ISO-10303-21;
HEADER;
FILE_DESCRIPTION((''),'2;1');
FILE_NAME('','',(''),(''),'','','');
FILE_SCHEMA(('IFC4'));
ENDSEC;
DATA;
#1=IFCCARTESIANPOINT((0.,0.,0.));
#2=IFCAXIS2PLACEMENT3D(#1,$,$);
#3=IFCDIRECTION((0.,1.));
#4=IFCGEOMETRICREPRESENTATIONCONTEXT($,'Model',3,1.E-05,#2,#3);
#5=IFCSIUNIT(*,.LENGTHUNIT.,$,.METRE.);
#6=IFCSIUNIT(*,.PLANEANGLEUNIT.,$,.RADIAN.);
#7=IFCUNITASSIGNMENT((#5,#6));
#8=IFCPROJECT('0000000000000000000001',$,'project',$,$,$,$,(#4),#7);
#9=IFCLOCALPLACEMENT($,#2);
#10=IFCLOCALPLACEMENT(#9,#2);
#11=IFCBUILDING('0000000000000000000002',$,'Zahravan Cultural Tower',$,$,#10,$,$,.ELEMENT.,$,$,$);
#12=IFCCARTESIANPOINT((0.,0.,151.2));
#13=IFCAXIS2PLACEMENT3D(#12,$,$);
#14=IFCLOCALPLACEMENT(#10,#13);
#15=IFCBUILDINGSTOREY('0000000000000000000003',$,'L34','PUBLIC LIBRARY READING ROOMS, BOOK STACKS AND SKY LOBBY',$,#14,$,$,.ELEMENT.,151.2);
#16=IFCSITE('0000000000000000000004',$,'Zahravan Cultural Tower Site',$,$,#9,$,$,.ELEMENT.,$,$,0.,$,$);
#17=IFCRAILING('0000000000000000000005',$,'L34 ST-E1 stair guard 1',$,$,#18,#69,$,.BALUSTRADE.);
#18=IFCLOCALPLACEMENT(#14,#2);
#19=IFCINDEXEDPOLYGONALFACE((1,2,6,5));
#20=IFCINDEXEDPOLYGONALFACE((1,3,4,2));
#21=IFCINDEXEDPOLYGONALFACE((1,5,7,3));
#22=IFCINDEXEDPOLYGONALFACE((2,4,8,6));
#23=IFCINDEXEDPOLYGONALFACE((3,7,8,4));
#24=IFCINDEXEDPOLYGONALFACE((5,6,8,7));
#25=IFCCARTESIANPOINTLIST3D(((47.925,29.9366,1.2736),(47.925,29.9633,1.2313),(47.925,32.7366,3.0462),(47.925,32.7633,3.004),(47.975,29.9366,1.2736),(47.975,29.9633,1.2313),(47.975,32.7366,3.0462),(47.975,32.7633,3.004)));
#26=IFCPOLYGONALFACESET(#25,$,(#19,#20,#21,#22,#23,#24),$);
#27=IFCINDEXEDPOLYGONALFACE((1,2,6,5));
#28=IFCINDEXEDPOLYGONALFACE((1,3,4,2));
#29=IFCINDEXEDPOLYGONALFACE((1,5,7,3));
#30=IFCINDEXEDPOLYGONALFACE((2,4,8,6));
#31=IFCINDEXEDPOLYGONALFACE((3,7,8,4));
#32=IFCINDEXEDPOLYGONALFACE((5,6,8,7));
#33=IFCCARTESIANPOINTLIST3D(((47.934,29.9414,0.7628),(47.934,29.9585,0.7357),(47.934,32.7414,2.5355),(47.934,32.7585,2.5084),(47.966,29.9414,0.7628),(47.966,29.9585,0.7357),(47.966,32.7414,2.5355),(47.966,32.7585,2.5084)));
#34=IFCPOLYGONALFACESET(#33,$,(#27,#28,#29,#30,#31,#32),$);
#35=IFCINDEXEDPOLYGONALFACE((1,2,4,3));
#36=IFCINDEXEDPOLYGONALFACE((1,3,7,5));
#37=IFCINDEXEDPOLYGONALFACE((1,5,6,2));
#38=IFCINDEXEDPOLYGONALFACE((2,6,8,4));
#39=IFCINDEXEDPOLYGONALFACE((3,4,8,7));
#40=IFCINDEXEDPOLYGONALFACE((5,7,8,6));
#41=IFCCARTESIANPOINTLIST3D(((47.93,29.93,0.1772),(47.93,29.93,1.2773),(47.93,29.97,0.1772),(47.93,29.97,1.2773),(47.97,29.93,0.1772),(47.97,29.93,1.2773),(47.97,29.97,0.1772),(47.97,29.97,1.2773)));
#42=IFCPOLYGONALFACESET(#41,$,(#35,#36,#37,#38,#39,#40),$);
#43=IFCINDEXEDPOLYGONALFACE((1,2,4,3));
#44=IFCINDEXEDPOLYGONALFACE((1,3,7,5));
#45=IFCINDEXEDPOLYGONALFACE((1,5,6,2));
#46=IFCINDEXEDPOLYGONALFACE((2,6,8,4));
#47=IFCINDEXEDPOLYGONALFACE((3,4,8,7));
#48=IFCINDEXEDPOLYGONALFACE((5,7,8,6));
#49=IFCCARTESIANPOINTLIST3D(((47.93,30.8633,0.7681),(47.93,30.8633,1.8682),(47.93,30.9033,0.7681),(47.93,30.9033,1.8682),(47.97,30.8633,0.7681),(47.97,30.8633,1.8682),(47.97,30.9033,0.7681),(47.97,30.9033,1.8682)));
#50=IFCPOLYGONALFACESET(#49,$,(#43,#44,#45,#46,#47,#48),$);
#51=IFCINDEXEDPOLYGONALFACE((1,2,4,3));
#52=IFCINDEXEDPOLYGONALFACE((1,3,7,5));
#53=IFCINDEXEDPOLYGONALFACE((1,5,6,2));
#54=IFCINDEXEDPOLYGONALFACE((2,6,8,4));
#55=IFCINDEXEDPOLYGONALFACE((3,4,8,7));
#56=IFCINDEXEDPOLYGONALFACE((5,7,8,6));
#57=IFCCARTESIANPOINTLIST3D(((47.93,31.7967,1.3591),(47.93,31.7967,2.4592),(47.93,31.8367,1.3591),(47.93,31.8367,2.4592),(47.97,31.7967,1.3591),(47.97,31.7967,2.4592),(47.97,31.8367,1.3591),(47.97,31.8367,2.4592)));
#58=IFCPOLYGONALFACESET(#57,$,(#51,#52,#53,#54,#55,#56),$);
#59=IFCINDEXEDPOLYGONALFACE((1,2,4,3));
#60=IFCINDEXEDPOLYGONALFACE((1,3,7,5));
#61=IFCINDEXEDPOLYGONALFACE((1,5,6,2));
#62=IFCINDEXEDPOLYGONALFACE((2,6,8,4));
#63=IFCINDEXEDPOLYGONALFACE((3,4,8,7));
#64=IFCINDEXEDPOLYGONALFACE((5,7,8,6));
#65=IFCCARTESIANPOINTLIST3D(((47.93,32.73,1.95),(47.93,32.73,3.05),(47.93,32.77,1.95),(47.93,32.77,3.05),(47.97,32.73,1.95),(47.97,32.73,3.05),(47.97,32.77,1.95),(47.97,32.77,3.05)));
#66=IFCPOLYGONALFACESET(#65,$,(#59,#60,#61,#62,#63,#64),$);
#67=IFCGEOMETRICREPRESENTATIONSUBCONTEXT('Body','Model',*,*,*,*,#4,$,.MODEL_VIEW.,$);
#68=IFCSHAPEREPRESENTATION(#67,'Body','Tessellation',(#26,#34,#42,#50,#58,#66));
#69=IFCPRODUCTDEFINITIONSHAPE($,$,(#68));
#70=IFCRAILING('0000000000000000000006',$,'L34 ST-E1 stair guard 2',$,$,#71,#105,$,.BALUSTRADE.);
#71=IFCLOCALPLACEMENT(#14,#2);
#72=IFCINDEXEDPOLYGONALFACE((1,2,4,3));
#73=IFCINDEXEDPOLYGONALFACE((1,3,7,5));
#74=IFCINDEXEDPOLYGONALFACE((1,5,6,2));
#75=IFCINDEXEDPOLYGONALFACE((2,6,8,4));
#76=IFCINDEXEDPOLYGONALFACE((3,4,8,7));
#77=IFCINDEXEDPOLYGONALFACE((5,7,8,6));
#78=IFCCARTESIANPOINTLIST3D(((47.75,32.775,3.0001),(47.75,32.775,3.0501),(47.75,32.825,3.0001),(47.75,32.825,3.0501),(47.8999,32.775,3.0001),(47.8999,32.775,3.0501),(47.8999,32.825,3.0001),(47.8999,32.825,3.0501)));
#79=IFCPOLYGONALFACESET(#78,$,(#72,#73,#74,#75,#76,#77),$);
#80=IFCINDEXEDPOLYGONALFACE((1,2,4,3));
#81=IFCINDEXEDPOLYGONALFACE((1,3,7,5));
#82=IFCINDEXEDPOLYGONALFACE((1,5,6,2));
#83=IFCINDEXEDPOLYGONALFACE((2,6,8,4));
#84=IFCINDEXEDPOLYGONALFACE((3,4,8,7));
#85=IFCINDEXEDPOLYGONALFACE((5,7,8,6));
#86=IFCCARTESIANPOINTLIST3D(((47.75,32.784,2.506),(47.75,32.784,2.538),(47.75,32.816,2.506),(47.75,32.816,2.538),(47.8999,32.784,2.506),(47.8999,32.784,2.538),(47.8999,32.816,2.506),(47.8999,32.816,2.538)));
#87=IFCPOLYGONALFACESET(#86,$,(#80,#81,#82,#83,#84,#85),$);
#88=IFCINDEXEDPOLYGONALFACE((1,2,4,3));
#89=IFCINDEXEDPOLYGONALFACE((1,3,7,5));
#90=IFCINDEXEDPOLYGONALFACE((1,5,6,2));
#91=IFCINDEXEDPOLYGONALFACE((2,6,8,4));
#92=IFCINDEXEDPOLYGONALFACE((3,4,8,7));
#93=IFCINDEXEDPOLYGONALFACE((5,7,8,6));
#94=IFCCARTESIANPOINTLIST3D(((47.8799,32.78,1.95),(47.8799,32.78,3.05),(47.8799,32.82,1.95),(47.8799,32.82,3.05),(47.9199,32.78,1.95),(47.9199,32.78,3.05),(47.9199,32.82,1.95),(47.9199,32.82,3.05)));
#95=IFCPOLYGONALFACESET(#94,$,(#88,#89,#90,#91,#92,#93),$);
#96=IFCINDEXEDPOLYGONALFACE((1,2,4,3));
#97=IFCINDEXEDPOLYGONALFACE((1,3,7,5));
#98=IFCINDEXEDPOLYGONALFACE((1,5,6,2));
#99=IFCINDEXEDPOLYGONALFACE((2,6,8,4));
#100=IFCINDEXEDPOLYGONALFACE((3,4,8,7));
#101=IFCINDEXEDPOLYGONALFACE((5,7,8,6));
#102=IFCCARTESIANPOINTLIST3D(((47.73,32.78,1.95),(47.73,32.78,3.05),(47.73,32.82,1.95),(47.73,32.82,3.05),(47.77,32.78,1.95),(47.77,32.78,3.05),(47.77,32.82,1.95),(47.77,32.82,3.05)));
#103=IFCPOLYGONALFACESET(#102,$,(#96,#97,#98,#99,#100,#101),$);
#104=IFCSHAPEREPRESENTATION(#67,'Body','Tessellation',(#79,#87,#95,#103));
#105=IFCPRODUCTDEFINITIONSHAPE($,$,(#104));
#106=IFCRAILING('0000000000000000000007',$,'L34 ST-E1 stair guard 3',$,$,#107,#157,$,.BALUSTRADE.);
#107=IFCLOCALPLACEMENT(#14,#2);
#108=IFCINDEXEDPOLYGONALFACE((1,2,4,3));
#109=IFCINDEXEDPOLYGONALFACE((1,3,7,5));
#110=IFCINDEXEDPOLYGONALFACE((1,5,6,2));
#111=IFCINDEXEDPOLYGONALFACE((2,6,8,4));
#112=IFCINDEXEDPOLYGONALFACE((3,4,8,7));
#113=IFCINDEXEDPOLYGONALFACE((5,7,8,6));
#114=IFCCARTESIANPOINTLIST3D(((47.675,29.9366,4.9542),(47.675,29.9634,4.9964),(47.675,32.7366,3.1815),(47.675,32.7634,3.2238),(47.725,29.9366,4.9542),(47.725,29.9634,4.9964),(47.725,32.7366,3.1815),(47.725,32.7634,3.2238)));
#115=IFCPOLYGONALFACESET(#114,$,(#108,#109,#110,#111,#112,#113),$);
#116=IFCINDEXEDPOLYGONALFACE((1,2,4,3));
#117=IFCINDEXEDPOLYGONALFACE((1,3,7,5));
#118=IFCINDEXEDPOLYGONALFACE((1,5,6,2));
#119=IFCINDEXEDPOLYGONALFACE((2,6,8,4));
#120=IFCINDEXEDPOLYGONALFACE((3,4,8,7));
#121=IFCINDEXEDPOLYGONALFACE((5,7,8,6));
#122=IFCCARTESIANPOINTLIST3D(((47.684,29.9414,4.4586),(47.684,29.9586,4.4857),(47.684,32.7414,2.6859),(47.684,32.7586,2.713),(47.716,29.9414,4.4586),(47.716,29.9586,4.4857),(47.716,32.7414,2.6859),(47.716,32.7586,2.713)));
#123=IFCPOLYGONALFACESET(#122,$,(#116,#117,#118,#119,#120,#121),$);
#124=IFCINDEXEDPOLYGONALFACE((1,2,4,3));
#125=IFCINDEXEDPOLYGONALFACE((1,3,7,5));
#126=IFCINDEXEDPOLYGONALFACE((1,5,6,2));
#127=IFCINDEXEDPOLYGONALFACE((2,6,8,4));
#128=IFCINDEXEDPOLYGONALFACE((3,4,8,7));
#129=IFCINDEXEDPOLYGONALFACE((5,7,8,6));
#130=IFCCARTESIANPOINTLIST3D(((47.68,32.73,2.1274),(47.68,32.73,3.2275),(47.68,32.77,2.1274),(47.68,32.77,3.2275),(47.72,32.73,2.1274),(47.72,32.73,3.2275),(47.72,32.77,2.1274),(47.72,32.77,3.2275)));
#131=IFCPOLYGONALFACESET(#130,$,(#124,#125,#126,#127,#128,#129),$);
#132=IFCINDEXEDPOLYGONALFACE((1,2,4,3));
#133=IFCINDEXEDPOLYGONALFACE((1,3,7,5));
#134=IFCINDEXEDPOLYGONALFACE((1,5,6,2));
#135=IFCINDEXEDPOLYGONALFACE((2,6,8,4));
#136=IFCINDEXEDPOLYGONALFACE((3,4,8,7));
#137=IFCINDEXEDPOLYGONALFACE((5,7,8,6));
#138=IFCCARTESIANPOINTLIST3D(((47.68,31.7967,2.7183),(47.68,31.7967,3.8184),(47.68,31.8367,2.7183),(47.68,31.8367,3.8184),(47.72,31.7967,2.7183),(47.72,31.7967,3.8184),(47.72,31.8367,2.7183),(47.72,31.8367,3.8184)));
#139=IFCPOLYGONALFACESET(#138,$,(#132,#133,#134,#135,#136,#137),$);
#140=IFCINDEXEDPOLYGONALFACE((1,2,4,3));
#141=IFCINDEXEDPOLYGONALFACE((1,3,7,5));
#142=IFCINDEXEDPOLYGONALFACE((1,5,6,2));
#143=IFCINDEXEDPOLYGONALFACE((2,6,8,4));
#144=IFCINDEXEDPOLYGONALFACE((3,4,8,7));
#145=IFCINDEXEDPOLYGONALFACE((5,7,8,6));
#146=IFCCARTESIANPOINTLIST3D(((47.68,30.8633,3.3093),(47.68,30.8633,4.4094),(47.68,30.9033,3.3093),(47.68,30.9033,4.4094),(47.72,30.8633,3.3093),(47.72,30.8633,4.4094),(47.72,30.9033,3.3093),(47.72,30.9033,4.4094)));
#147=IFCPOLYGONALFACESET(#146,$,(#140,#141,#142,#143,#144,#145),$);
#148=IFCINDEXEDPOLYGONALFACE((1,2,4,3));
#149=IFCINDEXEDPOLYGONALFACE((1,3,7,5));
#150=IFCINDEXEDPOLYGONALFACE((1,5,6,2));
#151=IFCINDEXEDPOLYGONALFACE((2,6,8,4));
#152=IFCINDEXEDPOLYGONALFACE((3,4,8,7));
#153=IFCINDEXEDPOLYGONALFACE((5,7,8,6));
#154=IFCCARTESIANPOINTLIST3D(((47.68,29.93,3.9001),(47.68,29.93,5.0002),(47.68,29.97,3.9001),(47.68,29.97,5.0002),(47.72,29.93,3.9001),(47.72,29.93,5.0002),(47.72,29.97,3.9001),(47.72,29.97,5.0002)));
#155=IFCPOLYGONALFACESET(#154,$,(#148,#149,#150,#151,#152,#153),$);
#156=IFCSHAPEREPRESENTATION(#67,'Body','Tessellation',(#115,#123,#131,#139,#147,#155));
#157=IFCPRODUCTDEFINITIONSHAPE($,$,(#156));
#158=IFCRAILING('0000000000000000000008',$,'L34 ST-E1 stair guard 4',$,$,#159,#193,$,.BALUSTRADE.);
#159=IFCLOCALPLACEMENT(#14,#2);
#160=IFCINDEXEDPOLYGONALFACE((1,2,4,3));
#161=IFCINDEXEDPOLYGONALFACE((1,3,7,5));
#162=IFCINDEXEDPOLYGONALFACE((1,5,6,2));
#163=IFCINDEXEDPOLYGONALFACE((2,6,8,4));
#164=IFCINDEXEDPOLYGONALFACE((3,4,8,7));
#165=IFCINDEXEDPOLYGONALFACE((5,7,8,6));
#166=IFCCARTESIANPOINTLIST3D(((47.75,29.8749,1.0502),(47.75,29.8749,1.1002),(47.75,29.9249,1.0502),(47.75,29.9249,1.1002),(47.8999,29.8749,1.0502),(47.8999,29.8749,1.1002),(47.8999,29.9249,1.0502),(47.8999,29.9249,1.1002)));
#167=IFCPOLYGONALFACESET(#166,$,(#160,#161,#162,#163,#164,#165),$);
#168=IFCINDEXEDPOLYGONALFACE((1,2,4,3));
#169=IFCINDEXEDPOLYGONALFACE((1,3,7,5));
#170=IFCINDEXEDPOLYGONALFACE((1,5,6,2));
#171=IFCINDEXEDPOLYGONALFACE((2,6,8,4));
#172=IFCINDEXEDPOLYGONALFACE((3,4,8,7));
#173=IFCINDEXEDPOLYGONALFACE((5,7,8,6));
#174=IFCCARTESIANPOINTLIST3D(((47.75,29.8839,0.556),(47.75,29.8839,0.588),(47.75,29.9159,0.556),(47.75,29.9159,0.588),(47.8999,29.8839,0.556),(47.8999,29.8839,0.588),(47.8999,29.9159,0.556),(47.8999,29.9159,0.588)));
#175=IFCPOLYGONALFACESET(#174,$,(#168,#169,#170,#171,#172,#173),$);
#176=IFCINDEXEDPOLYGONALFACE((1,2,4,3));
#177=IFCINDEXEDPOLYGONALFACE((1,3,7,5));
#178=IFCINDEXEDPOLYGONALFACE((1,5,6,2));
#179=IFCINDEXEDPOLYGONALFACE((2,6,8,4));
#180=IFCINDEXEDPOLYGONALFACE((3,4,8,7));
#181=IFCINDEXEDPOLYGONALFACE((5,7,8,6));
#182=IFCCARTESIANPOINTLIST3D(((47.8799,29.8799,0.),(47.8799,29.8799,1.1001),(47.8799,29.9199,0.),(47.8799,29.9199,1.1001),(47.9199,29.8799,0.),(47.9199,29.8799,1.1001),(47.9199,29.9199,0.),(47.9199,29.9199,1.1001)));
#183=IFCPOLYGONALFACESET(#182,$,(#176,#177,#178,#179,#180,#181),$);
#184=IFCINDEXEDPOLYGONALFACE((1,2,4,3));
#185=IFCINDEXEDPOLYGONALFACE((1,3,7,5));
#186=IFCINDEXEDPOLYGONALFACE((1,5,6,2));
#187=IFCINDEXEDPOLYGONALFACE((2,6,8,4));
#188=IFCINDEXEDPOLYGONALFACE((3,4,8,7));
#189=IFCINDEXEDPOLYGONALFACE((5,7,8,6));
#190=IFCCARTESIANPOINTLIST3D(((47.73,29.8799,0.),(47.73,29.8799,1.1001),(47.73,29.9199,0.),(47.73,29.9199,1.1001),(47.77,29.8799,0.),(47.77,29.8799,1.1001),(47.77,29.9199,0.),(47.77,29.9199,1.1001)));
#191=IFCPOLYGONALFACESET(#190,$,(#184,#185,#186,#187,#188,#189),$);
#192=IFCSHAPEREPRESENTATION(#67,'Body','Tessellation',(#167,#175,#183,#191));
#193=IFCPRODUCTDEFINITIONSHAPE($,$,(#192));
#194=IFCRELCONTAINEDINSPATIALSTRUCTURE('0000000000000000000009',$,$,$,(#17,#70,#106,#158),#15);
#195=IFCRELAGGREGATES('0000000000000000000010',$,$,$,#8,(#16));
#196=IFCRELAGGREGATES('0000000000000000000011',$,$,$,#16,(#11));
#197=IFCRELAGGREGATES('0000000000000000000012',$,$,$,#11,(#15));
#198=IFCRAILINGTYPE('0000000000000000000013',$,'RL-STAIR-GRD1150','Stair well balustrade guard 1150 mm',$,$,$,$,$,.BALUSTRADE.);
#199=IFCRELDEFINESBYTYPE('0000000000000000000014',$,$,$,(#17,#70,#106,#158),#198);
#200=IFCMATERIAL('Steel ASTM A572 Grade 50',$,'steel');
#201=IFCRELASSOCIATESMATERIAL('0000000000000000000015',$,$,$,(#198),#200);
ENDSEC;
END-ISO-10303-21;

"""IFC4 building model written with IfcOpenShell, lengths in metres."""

from ifc_helpers import new_model, si_unit, direction, frame, origin, origin_2d, place, context, subcontext, project, spatial, rectangle, extrude, material, type_object, element, save


model = new_model("IFC4")

# Units and contexts
model_context = context("Model", 3, precision=1e-05, world=origin(), true_north=direction((0.0, 1.0)))
body_context = subcontext(model_context, "Body", "Model", "MODEL_VIEW")
ifc_project = project(units=[si_unit("LENGTHUNIT", "METRE"), si_unit("PLANEANGLEUNIT", "RADIAN")], contexts=[model_context])

# Site, building, storey
site_placement = place(None, origin())
site = spatial("IfcSite", under=ifc_project, at=site_placement, Name="Zahravan Cultural Tower Site", CompositionType="ELEMENT", RefElevation=0.0)
building_placement = place(site_placement, origin())
building = spatial("IfcBuilding", under=site, at=building_placement, Name="Zahravan Cultural Tower", CompositionType="ELEMENT")
storey_placement = place(building_placement, frame((0.0, 0.0, 151.2)))
storey = spatial("IfcBuildingStorey", under=building, at=storey_placement, Name="L34", Description="PUBLIC LIBRARY READING ROOMS, BOOK STACKS AND SKY LOBBY", CompositionType="ELEMENT", Elevation=151.2)

# Shared definitions
ifc_material_1 = material(Name="Steel ASTM A572 Grade 50", Category="steel")

# Railings
railing_type_1 = type_object("IfcRailingType", Name="RL-STAIR-GRD1150", Description="Stair well balustrade guard 1150 mm", PredefinedType="BALUSTRADE", material=ifc_material_1)
railing_1_placement = place(storey_placement, frame((47.95, 29.95, 0.1772)))
element("IfcRailing", 1, at=railing_1_placement, inside=storey, type_object=railing_type_1, Name="L34 ST-E1 stair guard 1", PredefinedType="BALUSTRADE", context=body_context, shape_type="SweptSolid", body=[
    extrude(rectangle(XDim=0.05, YDim=0.05, at=origin_2d()), frame((0.0, 0.0, 1.0752), z_axis=(0.0, 0.844909, 0.53491), x_axis=(-1.0, 0.0, 0.0)), (0.0, 0.0, 1.0), 3.314),
    extrude(rectangle(XDim=0.032, YDim=0.032, at=origin_2d()), frame((0.0, 0.0, 0.572), z_axis=(0.0, 0.844909, 0.53491), x_axis=(-1.0, 0.0, 0.0)), (0.0, 0.0, 1.0), 3.314),
    extrude(rectangle(XDim=0.04, YDim=0.04, at=origin_2d()), origin(), (0.0, 0.0, 1.0), 1.1001),
    extrude(rectangle(XDim=0.04, YDim=0.04, at=origin_2d()), frame((0.0, 0.9333, 0.5908)), (0.0, 0.0, 1.0), 1.1001),
    extrude(rectangle(XDim=0.04, YDim=0.04, at=origin_2d()), frame((0.0, 1.8667, 1.1819)), (0.0, 0.0, 1.0), 1.1001),
    extrude(rectangle(XDim=0.04, YDim=0.04, at=origin_2d()), frame((0.0, 2.8, 1.7727)), (0.0, 0.0, 1.0), 1.1001),
])
railing_2_placement = place(storey_placement, frame((47.8999, 32.8, 1.95)))
element("IfcRailing", 2, at=railing_2_placement, inside=storey, type_object=railing_type_1, Name="L34 ST-E1 stair guard 2", PredefinedType="BALUSTRADE", context=body_context, shape_type="SweptSolid", body=[
    extrude(rectangle(XDim=0.05, YDim=0.05, at=origin_2d()), frame((0.0, 0.0, 1.0752), z_axis=(-1.0, 0.0, 0.0), x_axis=(0.0, -1.0, 0.0)), (0.0, 0.0, 1.0), 0.1499),
    extrude(rectangle(XDim=0.032, YDim=0.032, at=origin_2d()), frame((0.0, 0.0, 0.572), z_axis=(-1.0, 0.0, 0.0), x_axis=(0.0, -1.0, 0.0)), (0.0, 0.0, 1.0), 0.1499),
    extrude(rectangle(XDim=0.04, YDim=0.04, at=origin_2d()), origin(), (0.0, 0.0, 1.0), 1.1001),
    extrude(rectangle(XDim=0.04, YDim=0.04, at=origin_2d()), frame((-0.1499, 0.0, 0.0)), (0.0, 0.0, 1.0), 1.1001),
])
railing_3_placement = place(storey_placement, frame((47.7, 32.75, 2.1274)))
element("IfcRailing", 3, at=railing_3_placement, inside=storey, type_object=railing_type_1, Name="L34 ST-E1 stair guard 3", PredefinedType="BALUSTRADE", context=body_context, shape_type="SweptSolid", body=[
    extrude(rectangle(XDim=0.05, YDim=0.05, at=origin_2d()), frame((0.0, 0.0, 1.0752), z_axis=(0.0, -0.844909, 0.53491), x_axis=(1.0, 0.0, 0.0)), (0.0, 0.0, 1.0), 3.314),
    extrude(rectangle(XDim=0.032, YDim=0.032, at=origin_2d()), frame((0.0, 0.0, 0.572), z_axis=(0.0, -0.844909, 0.53491), x_axis=(1.0, 0.0, 0.0)), (0.0, 0.0, 1.0), 3.314),
    extrude(rectangle(XDim=0.04, YDim=0.04, at=origin_2d()), origin(), (0.0, 0.0, 1.0), 1.1001),
    extrude(rectangle(XDim=0.04, YDim=0.04, at=origin_2d()), frame((0.0, -0.9333, 0.5908)), (0.0, 0.0, 1.0), 1.1001),
    extrude(rectangle(XDim=0.04, YDim=0.04, at=origin_2d()), frame((0.0, -1.8667, 1.1819)), (0.0, 0.0, 1.0), 1.1001),
    extrude(rectangle(XDim=0.04, YDim=0.04, at=origin_2d()), frame((0.0, -2.8, 1.7727)), (0.0, 0.0, 1.0), 1.1001),
])
railing_4_placement = place(storey_placement, frame((47.8999, 29.8999, 0.0)))
element("IfcRailing", 4, at=railing_4_placement, inside=storey, type_object=railing_type_1, Name="L34 ST-E1 stair guard 4", PredefinedType="BALUSTRADE", context=body_context, shape_type="SweptSolid", body=[
    extrude(rectangle(XDim=0.05, YDim=0.05, at=origin_2d()), frame((0.0, 0.0, 1.0752), z_axis=(-1.0, 0.0, 0.0), x_axis=(0.0, -1.0, 0.0)), (0.0, 0.0, 1.0), 0.1499),
    extrude(rectangle(XDim=0.032, YDim=0.032, at=origin_2d()), frame((0.0, 0.0, 0.572), z_axis=(-1.0, 0.0, 0.0), x_axis=(0.0, -1.0, 0.0)), (0.0, 0.0, 1.0), 0.1499),
    extrude(rectangle(XDim=0.04, YDim=0.04, at=origin_2d()), origin(), (0.0, 0.0, 1.0), 1.1001),
    extrude(rectangle(XDim=0.04, YDim=0.04, at=origin_2d()), frame((-0.1499, 0.0, 0.0)), (0.0, 0.0, 1.0), 1.1001),
])

save(model, "model.ifc")
